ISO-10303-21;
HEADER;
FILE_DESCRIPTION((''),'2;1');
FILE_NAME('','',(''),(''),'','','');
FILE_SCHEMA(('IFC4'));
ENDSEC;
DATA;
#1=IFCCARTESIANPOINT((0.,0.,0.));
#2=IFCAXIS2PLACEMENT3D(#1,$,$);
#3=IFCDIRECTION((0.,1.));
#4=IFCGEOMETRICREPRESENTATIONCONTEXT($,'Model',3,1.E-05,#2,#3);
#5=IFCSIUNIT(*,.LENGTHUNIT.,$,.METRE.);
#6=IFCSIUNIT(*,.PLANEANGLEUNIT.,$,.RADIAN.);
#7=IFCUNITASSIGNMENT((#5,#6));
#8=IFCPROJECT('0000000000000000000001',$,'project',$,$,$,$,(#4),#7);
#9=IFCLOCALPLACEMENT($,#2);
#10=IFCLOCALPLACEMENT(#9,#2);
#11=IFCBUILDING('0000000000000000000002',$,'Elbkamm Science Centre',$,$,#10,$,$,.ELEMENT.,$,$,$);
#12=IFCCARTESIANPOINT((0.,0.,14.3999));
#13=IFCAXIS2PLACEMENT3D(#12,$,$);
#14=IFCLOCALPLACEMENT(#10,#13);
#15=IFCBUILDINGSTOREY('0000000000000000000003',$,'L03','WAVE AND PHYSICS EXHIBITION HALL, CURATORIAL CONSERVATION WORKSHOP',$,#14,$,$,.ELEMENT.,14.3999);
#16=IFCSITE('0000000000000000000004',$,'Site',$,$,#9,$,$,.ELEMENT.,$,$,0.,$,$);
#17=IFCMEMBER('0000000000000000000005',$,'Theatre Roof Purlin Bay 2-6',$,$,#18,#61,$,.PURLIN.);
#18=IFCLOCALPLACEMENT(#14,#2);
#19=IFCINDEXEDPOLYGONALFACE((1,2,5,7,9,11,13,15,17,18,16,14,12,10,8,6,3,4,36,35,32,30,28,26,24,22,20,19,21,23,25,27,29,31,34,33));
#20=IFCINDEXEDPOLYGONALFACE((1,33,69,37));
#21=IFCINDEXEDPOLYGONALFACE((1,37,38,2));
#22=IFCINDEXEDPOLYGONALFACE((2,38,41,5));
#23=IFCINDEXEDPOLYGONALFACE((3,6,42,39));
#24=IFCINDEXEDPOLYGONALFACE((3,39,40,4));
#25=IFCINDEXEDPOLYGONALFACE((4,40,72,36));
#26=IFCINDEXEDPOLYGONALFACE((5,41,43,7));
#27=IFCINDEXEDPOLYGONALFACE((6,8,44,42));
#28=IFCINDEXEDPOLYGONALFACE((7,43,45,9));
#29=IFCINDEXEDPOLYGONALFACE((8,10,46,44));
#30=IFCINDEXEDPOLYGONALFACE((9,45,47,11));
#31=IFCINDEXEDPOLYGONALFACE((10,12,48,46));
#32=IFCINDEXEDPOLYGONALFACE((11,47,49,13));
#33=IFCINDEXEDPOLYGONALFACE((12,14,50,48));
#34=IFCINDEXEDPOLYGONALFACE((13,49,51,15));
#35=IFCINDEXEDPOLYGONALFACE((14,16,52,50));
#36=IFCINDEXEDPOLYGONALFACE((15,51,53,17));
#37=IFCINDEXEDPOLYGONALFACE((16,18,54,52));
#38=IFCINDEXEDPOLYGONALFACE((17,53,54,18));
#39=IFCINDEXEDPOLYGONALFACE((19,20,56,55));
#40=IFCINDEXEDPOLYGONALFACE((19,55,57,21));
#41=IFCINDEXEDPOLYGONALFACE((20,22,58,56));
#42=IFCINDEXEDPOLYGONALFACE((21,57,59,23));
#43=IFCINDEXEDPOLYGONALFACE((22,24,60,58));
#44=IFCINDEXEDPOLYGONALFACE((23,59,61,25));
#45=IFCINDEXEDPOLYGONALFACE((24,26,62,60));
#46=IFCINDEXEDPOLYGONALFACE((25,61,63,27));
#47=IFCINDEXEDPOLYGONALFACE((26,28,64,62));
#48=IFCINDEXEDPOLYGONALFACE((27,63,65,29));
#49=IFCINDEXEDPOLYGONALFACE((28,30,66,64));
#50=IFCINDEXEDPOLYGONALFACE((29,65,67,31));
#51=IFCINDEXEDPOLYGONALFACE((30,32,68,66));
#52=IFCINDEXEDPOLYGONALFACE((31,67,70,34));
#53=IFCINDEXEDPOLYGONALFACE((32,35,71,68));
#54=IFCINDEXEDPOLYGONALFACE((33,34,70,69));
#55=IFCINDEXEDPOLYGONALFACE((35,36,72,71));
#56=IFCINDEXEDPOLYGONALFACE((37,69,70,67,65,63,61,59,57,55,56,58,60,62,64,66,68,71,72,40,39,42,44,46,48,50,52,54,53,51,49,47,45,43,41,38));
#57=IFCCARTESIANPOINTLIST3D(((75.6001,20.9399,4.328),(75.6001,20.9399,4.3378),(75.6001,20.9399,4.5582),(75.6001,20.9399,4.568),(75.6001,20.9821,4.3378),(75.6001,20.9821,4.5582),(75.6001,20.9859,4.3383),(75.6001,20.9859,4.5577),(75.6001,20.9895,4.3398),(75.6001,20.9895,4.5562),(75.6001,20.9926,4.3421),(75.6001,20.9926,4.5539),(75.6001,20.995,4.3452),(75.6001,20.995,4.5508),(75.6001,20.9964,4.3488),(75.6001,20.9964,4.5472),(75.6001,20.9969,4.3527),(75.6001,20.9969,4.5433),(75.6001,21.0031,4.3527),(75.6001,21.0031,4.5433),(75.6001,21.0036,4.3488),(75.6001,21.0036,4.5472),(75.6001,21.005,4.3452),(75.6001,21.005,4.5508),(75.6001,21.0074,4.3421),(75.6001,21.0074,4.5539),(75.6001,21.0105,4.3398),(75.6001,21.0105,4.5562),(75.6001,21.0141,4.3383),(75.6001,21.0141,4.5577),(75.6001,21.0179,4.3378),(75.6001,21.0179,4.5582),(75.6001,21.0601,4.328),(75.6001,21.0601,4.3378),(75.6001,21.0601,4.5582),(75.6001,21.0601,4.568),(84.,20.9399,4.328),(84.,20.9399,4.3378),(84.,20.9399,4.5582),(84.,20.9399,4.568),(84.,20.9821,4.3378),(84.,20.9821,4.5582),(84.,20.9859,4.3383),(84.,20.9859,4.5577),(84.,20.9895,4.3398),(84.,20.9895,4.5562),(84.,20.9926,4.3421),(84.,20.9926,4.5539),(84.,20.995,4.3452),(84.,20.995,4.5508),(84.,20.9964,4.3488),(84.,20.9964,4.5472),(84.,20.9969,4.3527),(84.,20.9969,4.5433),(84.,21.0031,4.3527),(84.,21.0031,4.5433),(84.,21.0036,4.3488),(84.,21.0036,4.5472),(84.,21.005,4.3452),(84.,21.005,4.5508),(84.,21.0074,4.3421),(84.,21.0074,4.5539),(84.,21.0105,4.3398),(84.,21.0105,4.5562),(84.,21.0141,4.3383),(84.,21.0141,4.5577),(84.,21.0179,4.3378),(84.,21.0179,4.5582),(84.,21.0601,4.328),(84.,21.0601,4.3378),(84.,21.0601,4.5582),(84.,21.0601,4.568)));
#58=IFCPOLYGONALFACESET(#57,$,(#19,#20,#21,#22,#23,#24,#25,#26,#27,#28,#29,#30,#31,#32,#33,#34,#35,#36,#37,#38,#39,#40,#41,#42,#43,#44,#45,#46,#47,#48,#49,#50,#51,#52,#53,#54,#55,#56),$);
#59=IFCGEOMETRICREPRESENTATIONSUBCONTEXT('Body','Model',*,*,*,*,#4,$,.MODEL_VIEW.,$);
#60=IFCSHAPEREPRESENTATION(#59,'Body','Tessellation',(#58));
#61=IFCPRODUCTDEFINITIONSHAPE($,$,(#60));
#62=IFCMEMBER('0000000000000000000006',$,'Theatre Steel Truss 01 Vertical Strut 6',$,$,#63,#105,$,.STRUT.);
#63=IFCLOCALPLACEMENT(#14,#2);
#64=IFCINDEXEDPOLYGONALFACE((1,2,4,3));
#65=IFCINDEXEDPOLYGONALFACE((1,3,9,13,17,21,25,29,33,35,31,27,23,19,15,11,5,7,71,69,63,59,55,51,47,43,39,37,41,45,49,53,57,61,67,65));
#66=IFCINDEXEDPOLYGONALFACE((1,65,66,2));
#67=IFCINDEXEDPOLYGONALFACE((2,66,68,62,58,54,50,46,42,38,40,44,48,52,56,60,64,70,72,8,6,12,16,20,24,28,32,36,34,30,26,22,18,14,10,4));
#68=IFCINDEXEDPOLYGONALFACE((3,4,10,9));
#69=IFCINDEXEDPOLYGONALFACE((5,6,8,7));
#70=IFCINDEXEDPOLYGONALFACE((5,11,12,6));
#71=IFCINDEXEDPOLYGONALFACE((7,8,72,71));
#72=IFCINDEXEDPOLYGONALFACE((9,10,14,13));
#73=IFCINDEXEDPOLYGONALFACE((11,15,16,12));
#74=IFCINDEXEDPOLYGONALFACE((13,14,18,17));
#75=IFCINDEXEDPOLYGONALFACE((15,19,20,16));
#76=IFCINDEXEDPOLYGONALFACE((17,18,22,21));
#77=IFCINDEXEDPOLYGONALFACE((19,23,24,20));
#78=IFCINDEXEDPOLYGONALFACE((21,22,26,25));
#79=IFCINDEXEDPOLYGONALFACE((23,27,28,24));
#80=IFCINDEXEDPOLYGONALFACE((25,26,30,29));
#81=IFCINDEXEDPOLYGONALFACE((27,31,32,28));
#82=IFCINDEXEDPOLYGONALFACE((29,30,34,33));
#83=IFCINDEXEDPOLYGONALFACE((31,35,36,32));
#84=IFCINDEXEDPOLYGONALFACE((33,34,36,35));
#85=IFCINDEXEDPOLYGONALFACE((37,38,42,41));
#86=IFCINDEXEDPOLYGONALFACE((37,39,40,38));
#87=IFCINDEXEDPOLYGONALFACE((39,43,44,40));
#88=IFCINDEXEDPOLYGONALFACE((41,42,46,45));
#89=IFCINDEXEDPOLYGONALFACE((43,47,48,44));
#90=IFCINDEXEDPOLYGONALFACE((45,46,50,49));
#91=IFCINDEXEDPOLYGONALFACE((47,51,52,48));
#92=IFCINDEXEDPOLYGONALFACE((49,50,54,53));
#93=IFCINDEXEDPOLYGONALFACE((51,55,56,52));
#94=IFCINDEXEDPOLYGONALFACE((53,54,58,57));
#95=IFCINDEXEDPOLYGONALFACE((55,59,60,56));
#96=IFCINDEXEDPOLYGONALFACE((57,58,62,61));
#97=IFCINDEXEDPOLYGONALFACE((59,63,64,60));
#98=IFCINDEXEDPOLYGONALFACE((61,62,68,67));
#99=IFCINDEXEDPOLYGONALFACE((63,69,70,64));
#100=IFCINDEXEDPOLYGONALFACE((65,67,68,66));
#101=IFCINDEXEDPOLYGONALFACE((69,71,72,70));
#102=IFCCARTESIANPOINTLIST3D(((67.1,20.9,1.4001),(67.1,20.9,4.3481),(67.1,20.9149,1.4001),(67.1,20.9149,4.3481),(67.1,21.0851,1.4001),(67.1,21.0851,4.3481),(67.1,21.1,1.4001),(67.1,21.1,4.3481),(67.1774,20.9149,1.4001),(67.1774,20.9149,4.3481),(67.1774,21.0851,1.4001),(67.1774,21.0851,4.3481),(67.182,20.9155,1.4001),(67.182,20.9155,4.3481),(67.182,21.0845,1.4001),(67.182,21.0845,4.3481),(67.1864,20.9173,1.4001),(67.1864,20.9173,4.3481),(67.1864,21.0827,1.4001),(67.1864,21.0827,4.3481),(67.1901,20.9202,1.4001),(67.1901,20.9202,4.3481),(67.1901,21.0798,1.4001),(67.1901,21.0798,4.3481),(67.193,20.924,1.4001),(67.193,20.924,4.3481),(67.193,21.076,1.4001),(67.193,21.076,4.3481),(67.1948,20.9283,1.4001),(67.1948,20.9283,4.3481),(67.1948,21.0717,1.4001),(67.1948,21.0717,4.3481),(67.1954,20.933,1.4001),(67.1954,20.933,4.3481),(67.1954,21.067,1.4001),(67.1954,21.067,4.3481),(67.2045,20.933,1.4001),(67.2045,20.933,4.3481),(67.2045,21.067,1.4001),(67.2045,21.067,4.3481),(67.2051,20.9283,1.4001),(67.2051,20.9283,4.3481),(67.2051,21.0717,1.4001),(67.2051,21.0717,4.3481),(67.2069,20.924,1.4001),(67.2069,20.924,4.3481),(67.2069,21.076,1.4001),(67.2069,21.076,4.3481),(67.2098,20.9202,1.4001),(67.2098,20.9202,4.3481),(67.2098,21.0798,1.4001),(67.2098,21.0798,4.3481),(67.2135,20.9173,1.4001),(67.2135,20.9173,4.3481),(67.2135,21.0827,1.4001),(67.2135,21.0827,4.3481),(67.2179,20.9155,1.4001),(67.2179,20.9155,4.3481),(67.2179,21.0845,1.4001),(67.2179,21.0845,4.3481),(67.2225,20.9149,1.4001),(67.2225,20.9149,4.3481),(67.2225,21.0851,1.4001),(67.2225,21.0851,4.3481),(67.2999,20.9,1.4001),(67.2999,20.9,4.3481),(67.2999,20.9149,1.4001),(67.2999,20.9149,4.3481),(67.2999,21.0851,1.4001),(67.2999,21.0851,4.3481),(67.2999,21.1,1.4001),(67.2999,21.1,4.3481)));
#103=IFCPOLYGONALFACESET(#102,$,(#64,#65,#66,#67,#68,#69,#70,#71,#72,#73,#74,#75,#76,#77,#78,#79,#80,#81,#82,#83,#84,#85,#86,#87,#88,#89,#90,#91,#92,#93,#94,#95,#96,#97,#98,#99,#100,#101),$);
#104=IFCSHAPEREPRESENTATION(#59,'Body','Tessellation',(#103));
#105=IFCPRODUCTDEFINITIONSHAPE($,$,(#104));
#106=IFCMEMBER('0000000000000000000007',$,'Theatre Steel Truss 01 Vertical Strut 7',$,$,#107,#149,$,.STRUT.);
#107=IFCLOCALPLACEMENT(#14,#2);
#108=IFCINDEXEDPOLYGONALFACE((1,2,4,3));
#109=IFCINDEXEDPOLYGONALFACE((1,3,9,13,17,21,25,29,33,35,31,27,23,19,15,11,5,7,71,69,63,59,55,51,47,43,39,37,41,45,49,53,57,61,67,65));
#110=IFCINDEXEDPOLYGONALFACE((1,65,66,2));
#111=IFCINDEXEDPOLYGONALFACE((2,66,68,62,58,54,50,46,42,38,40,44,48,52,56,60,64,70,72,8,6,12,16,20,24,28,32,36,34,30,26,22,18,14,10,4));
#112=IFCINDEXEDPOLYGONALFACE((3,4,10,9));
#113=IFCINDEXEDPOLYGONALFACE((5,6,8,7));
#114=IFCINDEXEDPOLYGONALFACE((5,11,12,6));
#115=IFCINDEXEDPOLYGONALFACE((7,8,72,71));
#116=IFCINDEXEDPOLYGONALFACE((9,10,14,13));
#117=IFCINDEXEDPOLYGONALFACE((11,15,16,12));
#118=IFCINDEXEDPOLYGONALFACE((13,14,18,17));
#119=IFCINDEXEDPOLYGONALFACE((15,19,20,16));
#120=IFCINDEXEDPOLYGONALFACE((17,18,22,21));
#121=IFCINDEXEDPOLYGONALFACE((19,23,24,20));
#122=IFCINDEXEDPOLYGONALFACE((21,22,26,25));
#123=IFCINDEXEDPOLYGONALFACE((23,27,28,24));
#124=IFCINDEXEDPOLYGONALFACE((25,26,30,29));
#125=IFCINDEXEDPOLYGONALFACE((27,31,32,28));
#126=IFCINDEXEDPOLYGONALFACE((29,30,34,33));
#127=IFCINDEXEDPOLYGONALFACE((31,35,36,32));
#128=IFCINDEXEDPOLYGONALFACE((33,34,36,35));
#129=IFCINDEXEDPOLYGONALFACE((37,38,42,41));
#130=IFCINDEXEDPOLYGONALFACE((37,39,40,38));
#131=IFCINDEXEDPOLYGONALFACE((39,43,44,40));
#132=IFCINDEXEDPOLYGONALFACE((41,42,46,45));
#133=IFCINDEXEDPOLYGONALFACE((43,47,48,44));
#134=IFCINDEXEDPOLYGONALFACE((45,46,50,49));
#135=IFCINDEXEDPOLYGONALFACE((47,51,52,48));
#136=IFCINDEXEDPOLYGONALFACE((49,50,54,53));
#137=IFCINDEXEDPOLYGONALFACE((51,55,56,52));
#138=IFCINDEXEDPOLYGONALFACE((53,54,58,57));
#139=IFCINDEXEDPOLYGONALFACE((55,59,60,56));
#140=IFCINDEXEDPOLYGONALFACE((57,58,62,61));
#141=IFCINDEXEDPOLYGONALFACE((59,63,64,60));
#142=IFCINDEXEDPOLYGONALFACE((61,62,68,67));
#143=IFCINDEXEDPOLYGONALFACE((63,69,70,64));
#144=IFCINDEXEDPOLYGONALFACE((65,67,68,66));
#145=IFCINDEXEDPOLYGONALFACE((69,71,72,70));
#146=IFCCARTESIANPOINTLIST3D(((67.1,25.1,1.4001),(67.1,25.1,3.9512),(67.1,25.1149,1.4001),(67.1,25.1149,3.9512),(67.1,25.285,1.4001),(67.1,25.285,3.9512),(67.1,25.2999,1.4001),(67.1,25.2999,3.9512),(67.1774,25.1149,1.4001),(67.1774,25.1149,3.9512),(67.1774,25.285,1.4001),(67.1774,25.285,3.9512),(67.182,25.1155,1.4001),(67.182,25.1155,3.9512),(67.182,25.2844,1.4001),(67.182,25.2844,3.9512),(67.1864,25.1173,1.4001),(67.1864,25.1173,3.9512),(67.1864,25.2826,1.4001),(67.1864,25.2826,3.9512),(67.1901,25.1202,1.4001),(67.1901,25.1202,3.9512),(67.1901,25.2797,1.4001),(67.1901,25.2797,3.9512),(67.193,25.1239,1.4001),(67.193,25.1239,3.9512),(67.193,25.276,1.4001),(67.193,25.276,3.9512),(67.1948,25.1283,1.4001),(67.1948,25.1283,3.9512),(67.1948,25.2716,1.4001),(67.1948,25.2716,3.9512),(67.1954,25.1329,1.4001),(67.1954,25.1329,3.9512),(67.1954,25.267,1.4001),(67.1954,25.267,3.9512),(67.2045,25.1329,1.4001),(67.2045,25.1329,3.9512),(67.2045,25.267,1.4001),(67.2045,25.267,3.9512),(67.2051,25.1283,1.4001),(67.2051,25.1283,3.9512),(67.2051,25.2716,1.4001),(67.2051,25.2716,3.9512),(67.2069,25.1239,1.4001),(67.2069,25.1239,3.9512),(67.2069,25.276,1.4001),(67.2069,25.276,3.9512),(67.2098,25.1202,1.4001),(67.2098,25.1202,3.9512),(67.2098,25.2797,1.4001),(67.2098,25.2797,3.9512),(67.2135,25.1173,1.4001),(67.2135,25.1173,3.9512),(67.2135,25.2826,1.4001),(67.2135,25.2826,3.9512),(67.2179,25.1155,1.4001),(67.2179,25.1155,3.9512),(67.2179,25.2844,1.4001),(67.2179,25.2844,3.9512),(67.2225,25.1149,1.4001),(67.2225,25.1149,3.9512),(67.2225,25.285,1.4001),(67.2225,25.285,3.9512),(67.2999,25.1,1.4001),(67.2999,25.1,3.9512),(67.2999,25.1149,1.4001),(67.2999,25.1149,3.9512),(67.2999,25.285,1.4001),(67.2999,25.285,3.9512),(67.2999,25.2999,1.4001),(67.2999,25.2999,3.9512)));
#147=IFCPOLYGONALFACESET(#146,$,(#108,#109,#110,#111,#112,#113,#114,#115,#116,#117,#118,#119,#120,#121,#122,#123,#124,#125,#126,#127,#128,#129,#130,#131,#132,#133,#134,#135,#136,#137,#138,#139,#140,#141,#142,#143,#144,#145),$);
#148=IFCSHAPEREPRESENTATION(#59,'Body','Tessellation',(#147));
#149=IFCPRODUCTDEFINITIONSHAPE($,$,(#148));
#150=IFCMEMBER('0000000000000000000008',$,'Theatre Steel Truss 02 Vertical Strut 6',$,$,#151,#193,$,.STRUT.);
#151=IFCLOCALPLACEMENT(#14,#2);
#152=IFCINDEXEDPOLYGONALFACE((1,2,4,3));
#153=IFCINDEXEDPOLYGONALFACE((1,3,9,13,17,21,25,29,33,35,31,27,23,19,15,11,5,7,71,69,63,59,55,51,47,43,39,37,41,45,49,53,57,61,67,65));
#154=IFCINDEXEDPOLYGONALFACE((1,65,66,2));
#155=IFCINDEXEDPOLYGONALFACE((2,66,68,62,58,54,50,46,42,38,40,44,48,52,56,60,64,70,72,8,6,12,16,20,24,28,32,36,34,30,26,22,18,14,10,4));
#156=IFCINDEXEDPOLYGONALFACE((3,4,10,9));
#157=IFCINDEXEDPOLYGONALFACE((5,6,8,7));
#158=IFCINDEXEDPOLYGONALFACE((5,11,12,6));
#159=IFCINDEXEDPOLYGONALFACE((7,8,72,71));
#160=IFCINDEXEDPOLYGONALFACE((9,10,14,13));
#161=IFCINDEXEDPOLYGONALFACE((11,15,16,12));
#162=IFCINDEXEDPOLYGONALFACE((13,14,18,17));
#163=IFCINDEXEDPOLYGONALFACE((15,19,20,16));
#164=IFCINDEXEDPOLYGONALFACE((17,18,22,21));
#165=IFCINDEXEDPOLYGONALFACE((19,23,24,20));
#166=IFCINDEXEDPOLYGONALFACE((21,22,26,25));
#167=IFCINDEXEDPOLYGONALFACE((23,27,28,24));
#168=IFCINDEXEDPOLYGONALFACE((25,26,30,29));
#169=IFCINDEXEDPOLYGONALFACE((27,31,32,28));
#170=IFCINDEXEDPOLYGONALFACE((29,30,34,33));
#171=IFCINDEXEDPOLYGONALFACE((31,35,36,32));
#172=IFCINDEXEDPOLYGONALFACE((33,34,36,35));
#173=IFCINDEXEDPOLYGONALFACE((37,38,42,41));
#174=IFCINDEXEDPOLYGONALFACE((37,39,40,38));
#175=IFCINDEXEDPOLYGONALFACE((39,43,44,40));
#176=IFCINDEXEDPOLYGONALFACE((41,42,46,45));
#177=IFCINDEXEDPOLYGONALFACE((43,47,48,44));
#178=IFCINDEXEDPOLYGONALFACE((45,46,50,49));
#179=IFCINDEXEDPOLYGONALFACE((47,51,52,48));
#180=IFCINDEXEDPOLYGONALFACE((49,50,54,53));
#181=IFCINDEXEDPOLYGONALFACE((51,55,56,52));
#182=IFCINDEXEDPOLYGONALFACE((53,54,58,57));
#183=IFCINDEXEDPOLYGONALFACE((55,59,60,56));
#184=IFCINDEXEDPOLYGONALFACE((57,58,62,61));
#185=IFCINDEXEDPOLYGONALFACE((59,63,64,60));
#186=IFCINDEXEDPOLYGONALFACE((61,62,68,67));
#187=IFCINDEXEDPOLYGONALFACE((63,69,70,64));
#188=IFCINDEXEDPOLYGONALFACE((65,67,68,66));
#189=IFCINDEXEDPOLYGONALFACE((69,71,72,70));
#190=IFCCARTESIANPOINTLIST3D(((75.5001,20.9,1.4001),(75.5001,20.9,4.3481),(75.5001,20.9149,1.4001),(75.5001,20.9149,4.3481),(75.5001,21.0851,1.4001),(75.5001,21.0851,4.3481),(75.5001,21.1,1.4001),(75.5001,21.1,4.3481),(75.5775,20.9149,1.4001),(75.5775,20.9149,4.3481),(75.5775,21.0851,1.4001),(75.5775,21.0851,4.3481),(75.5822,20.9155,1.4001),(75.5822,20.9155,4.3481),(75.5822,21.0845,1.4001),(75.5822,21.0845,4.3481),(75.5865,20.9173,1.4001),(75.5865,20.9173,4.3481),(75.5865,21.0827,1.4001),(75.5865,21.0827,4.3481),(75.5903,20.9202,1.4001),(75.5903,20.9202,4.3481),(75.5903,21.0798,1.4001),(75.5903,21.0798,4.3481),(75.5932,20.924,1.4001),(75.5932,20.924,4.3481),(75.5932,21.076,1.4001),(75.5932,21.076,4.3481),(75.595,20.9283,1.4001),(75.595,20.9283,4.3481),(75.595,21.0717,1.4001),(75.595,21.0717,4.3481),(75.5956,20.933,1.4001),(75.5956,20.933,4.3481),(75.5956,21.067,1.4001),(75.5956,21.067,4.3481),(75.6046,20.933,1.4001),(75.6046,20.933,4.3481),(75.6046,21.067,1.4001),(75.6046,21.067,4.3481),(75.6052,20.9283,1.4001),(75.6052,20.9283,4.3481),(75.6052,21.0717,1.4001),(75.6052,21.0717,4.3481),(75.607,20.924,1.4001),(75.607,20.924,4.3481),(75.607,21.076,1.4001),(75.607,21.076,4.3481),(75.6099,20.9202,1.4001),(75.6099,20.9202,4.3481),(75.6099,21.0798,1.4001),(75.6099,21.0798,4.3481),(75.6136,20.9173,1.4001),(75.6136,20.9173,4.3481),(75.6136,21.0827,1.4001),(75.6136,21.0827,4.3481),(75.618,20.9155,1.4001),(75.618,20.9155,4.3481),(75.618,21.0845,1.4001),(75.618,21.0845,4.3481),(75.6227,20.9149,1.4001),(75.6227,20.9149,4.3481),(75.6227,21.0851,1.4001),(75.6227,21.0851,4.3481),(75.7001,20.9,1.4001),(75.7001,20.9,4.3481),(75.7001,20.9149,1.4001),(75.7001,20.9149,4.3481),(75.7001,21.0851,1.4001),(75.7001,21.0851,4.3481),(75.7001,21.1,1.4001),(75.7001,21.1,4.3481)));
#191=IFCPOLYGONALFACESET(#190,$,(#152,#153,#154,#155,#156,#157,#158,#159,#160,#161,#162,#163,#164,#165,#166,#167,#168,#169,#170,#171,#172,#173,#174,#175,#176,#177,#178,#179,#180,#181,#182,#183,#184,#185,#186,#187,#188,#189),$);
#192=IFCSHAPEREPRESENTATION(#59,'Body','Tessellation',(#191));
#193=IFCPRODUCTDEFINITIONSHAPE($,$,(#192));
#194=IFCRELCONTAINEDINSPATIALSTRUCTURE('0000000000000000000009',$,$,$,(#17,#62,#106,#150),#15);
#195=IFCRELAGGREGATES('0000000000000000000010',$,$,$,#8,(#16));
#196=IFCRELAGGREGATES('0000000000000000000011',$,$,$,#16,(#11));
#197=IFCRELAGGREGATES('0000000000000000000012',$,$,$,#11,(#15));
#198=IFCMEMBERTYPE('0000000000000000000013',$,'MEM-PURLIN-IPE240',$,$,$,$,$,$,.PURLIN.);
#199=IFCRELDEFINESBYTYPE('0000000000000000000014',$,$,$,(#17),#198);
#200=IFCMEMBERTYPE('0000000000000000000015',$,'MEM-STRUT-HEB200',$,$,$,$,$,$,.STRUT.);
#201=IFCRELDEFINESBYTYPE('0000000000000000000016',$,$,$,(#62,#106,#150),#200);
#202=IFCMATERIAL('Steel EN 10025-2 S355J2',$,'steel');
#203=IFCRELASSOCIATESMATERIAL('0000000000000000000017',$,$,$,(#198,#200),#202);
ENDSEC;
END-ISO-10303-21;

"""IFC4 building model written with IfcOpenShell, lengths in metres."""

from ifc_helpers import new_model, si_unit, direction, frame, origin, origin_2d, place, context, subcontext, project, spatial, i_section, extrude, material, material_profile, profile_set, type_object, element, save


model = new_model("IFC4")

# Units and contexts
model_context = context("Model", 3, precision=1e-05, world=origin(), true_north=direction((0.0, 1.0)))
body_context = subcontext(model_context, "Body", "Model", "MODEL_VIEW")
ifc_project = project(units=[si_unit("LENGTHUNIT", "METRE"), si_unit("PLANEANGLEUNIT", "RADIAN")], contexts=[model_context])

# Site, building, storey
site_placement = place(None, origin())
site = spatial("IfcSite", under=ifc_project, at=site_placement, Name="Site", CompositionType="ELEMENT", RefElevation=0.0)
building_placement = place(site_placement, origin())
building = spatial("IfcBuilding", under=site, at=building_placement, Name="Elbkamm Science Centre", CompositionType="ELEMENT")
storey_placement = place(building_placement, frame((0.0, 0.0, 14.3999)))
storey = spatial("IfcBuildingStorey", under=building, at=storey_placement, Name="L03", Description="WAVE AND PHYSICS EXHIBITION HALL, CURATORIAL CONSERVATION WORKSHOP", CompositionType="ELEMENT", Elevation=14.3999)

# Shared definitions
ifc_material_1 = material(Name="Steel EN 10025-2 S355J2", Category="steel")

# Members
ifc_material_profile_1 = material_profile(ifc_material_1, i_section(OverallWidth=0.1201, OverallDepth=0.24, WebThickness=0.0061, FlangeThickness=0.0098, FilletRadius=0.0149, at=origin_2d()), Name="IPE 240")
ifc_profile_set_1 = profile_set([ifc_material_profile_1], Name="Steel EN 10025-2 S355J2")
member_type_1 = type_object("IfcMemberType", Name="MEM-PURLIN-IPE240", PredefinedType="PURLIN", material=ifc_profile_set_1)
for number, where, z_axis, x_axis, name in (
    (1, (75.6001, 21.0, 4.448), (1.0, 0.0, 0.0), (0.0, 1.0, 0.0), "Theatre Roof Purlin Bay 2-6"),
):
    element("IfcMember", number, at=place(storey_placement, frame(where, z_axis=z_axis, x_axis=x_axis)), inside=storey, type_object=member_type_1, Name=name, PredefinedType="PURLIN", context=body_context, shape_type="SweptSolid", body=[
        extrude(i_section(OverallWidth=0.1201, OverallDepth=0.24, WebThickness=0.0061, FlangeThickness=0.0098, FilletRadius=0.0149, at=origin_2d()), origin(), (0.0, 0.0, 1.0), 8.3999),
    ])
ifc_material_profile_2 = material_profile(ifc_material_1, i_section(OverallWidth=0.2, OverallDepth=0.2, WebThickness=0.009, FlangeThickness=0.0149, FilletRadius=0.0181, at=origin_2d()), Name="HEB 200")
ifc_profile_set_2 = profile_set([ifc_material_profile_2], Name="Steel EN 10025-2 S355J2")
member_type_2 = type_object("IfcMemberType", Name="MEM-STRUT-HEB200", PredefinedType="STRUT", material=ifc_profile_set_2)
member_1_placement = place(storey_placement, frame((67.2, 21.0, 1.4001), z_axis=(0.0, 0.0, 1.0), x_axis=(1.0, 0.0, 0.0)))
element("IfcMember", 2, at=member_1_placement, inside=storey, type_object=member_type_2, Name="Theatre Steel Truss 01 Vertical Strut 6", PredefinedType="STRUT", context=body_context, shape_type="SweptSolid", body=[
    extrude(i_section(OverallWidth=0.2, OverallDepth=0.2, WebThickness=0.009, FlangeThickness=0.0149, FilletRadius=0.0181, at=origin_2d()), origin(), (0.0, 0.0, 1.0), 2.948),
])
member_2_placement = place(storey_placement, frame((67.2, 25.2, 1.4001), z_axis=(0.0, 0.0, 1.0), x_axis=(1.0, 0.0, 0.0)))
element("IfcMember", 3, at=member_2_placement, inside=storey, type_object=member_type_2, Name="Theatre Steel Truss 01 Vertical Strut 7", PredefinedType="STRUT", context=body_context, shape_type="SweptSolid", body=[
    extrude(i_section(OverallWidth=0.2, OverallDepth=0.2, WebThickness=0.009, FlangeThickness=0.0149, FilletRadius=0.0181, at=origin_2d()), origin(), (0.0, 0.0, 1.0), 2.551),
])
member_3_placement = place(storey_placement, frame((75.6001, 21.0, 1.4001), z_axis=(0.0, 0.0, 1.0), x_axis=(1.0, 0.0, 0.0)))
element("IfcMember", 4, at=member_3_placement, inside=storey, type_object=member_type_2, Name="Theatre Steel Truss 02 Vertical Strut 6", PredefinedType="STRUT", context=body_context, shape_type="SweptSolid", body=[
    extrude(i_section(OverallWidth=0.2, OverallDepth=0.2, WebThickness=0.009, FlangeThickness=0.0149, FilletRadius=0.0181, at=origin_2d()), origin(), (0.0, 0.0, 1.0), 2.948),
])

save(model, "model.ifc")
